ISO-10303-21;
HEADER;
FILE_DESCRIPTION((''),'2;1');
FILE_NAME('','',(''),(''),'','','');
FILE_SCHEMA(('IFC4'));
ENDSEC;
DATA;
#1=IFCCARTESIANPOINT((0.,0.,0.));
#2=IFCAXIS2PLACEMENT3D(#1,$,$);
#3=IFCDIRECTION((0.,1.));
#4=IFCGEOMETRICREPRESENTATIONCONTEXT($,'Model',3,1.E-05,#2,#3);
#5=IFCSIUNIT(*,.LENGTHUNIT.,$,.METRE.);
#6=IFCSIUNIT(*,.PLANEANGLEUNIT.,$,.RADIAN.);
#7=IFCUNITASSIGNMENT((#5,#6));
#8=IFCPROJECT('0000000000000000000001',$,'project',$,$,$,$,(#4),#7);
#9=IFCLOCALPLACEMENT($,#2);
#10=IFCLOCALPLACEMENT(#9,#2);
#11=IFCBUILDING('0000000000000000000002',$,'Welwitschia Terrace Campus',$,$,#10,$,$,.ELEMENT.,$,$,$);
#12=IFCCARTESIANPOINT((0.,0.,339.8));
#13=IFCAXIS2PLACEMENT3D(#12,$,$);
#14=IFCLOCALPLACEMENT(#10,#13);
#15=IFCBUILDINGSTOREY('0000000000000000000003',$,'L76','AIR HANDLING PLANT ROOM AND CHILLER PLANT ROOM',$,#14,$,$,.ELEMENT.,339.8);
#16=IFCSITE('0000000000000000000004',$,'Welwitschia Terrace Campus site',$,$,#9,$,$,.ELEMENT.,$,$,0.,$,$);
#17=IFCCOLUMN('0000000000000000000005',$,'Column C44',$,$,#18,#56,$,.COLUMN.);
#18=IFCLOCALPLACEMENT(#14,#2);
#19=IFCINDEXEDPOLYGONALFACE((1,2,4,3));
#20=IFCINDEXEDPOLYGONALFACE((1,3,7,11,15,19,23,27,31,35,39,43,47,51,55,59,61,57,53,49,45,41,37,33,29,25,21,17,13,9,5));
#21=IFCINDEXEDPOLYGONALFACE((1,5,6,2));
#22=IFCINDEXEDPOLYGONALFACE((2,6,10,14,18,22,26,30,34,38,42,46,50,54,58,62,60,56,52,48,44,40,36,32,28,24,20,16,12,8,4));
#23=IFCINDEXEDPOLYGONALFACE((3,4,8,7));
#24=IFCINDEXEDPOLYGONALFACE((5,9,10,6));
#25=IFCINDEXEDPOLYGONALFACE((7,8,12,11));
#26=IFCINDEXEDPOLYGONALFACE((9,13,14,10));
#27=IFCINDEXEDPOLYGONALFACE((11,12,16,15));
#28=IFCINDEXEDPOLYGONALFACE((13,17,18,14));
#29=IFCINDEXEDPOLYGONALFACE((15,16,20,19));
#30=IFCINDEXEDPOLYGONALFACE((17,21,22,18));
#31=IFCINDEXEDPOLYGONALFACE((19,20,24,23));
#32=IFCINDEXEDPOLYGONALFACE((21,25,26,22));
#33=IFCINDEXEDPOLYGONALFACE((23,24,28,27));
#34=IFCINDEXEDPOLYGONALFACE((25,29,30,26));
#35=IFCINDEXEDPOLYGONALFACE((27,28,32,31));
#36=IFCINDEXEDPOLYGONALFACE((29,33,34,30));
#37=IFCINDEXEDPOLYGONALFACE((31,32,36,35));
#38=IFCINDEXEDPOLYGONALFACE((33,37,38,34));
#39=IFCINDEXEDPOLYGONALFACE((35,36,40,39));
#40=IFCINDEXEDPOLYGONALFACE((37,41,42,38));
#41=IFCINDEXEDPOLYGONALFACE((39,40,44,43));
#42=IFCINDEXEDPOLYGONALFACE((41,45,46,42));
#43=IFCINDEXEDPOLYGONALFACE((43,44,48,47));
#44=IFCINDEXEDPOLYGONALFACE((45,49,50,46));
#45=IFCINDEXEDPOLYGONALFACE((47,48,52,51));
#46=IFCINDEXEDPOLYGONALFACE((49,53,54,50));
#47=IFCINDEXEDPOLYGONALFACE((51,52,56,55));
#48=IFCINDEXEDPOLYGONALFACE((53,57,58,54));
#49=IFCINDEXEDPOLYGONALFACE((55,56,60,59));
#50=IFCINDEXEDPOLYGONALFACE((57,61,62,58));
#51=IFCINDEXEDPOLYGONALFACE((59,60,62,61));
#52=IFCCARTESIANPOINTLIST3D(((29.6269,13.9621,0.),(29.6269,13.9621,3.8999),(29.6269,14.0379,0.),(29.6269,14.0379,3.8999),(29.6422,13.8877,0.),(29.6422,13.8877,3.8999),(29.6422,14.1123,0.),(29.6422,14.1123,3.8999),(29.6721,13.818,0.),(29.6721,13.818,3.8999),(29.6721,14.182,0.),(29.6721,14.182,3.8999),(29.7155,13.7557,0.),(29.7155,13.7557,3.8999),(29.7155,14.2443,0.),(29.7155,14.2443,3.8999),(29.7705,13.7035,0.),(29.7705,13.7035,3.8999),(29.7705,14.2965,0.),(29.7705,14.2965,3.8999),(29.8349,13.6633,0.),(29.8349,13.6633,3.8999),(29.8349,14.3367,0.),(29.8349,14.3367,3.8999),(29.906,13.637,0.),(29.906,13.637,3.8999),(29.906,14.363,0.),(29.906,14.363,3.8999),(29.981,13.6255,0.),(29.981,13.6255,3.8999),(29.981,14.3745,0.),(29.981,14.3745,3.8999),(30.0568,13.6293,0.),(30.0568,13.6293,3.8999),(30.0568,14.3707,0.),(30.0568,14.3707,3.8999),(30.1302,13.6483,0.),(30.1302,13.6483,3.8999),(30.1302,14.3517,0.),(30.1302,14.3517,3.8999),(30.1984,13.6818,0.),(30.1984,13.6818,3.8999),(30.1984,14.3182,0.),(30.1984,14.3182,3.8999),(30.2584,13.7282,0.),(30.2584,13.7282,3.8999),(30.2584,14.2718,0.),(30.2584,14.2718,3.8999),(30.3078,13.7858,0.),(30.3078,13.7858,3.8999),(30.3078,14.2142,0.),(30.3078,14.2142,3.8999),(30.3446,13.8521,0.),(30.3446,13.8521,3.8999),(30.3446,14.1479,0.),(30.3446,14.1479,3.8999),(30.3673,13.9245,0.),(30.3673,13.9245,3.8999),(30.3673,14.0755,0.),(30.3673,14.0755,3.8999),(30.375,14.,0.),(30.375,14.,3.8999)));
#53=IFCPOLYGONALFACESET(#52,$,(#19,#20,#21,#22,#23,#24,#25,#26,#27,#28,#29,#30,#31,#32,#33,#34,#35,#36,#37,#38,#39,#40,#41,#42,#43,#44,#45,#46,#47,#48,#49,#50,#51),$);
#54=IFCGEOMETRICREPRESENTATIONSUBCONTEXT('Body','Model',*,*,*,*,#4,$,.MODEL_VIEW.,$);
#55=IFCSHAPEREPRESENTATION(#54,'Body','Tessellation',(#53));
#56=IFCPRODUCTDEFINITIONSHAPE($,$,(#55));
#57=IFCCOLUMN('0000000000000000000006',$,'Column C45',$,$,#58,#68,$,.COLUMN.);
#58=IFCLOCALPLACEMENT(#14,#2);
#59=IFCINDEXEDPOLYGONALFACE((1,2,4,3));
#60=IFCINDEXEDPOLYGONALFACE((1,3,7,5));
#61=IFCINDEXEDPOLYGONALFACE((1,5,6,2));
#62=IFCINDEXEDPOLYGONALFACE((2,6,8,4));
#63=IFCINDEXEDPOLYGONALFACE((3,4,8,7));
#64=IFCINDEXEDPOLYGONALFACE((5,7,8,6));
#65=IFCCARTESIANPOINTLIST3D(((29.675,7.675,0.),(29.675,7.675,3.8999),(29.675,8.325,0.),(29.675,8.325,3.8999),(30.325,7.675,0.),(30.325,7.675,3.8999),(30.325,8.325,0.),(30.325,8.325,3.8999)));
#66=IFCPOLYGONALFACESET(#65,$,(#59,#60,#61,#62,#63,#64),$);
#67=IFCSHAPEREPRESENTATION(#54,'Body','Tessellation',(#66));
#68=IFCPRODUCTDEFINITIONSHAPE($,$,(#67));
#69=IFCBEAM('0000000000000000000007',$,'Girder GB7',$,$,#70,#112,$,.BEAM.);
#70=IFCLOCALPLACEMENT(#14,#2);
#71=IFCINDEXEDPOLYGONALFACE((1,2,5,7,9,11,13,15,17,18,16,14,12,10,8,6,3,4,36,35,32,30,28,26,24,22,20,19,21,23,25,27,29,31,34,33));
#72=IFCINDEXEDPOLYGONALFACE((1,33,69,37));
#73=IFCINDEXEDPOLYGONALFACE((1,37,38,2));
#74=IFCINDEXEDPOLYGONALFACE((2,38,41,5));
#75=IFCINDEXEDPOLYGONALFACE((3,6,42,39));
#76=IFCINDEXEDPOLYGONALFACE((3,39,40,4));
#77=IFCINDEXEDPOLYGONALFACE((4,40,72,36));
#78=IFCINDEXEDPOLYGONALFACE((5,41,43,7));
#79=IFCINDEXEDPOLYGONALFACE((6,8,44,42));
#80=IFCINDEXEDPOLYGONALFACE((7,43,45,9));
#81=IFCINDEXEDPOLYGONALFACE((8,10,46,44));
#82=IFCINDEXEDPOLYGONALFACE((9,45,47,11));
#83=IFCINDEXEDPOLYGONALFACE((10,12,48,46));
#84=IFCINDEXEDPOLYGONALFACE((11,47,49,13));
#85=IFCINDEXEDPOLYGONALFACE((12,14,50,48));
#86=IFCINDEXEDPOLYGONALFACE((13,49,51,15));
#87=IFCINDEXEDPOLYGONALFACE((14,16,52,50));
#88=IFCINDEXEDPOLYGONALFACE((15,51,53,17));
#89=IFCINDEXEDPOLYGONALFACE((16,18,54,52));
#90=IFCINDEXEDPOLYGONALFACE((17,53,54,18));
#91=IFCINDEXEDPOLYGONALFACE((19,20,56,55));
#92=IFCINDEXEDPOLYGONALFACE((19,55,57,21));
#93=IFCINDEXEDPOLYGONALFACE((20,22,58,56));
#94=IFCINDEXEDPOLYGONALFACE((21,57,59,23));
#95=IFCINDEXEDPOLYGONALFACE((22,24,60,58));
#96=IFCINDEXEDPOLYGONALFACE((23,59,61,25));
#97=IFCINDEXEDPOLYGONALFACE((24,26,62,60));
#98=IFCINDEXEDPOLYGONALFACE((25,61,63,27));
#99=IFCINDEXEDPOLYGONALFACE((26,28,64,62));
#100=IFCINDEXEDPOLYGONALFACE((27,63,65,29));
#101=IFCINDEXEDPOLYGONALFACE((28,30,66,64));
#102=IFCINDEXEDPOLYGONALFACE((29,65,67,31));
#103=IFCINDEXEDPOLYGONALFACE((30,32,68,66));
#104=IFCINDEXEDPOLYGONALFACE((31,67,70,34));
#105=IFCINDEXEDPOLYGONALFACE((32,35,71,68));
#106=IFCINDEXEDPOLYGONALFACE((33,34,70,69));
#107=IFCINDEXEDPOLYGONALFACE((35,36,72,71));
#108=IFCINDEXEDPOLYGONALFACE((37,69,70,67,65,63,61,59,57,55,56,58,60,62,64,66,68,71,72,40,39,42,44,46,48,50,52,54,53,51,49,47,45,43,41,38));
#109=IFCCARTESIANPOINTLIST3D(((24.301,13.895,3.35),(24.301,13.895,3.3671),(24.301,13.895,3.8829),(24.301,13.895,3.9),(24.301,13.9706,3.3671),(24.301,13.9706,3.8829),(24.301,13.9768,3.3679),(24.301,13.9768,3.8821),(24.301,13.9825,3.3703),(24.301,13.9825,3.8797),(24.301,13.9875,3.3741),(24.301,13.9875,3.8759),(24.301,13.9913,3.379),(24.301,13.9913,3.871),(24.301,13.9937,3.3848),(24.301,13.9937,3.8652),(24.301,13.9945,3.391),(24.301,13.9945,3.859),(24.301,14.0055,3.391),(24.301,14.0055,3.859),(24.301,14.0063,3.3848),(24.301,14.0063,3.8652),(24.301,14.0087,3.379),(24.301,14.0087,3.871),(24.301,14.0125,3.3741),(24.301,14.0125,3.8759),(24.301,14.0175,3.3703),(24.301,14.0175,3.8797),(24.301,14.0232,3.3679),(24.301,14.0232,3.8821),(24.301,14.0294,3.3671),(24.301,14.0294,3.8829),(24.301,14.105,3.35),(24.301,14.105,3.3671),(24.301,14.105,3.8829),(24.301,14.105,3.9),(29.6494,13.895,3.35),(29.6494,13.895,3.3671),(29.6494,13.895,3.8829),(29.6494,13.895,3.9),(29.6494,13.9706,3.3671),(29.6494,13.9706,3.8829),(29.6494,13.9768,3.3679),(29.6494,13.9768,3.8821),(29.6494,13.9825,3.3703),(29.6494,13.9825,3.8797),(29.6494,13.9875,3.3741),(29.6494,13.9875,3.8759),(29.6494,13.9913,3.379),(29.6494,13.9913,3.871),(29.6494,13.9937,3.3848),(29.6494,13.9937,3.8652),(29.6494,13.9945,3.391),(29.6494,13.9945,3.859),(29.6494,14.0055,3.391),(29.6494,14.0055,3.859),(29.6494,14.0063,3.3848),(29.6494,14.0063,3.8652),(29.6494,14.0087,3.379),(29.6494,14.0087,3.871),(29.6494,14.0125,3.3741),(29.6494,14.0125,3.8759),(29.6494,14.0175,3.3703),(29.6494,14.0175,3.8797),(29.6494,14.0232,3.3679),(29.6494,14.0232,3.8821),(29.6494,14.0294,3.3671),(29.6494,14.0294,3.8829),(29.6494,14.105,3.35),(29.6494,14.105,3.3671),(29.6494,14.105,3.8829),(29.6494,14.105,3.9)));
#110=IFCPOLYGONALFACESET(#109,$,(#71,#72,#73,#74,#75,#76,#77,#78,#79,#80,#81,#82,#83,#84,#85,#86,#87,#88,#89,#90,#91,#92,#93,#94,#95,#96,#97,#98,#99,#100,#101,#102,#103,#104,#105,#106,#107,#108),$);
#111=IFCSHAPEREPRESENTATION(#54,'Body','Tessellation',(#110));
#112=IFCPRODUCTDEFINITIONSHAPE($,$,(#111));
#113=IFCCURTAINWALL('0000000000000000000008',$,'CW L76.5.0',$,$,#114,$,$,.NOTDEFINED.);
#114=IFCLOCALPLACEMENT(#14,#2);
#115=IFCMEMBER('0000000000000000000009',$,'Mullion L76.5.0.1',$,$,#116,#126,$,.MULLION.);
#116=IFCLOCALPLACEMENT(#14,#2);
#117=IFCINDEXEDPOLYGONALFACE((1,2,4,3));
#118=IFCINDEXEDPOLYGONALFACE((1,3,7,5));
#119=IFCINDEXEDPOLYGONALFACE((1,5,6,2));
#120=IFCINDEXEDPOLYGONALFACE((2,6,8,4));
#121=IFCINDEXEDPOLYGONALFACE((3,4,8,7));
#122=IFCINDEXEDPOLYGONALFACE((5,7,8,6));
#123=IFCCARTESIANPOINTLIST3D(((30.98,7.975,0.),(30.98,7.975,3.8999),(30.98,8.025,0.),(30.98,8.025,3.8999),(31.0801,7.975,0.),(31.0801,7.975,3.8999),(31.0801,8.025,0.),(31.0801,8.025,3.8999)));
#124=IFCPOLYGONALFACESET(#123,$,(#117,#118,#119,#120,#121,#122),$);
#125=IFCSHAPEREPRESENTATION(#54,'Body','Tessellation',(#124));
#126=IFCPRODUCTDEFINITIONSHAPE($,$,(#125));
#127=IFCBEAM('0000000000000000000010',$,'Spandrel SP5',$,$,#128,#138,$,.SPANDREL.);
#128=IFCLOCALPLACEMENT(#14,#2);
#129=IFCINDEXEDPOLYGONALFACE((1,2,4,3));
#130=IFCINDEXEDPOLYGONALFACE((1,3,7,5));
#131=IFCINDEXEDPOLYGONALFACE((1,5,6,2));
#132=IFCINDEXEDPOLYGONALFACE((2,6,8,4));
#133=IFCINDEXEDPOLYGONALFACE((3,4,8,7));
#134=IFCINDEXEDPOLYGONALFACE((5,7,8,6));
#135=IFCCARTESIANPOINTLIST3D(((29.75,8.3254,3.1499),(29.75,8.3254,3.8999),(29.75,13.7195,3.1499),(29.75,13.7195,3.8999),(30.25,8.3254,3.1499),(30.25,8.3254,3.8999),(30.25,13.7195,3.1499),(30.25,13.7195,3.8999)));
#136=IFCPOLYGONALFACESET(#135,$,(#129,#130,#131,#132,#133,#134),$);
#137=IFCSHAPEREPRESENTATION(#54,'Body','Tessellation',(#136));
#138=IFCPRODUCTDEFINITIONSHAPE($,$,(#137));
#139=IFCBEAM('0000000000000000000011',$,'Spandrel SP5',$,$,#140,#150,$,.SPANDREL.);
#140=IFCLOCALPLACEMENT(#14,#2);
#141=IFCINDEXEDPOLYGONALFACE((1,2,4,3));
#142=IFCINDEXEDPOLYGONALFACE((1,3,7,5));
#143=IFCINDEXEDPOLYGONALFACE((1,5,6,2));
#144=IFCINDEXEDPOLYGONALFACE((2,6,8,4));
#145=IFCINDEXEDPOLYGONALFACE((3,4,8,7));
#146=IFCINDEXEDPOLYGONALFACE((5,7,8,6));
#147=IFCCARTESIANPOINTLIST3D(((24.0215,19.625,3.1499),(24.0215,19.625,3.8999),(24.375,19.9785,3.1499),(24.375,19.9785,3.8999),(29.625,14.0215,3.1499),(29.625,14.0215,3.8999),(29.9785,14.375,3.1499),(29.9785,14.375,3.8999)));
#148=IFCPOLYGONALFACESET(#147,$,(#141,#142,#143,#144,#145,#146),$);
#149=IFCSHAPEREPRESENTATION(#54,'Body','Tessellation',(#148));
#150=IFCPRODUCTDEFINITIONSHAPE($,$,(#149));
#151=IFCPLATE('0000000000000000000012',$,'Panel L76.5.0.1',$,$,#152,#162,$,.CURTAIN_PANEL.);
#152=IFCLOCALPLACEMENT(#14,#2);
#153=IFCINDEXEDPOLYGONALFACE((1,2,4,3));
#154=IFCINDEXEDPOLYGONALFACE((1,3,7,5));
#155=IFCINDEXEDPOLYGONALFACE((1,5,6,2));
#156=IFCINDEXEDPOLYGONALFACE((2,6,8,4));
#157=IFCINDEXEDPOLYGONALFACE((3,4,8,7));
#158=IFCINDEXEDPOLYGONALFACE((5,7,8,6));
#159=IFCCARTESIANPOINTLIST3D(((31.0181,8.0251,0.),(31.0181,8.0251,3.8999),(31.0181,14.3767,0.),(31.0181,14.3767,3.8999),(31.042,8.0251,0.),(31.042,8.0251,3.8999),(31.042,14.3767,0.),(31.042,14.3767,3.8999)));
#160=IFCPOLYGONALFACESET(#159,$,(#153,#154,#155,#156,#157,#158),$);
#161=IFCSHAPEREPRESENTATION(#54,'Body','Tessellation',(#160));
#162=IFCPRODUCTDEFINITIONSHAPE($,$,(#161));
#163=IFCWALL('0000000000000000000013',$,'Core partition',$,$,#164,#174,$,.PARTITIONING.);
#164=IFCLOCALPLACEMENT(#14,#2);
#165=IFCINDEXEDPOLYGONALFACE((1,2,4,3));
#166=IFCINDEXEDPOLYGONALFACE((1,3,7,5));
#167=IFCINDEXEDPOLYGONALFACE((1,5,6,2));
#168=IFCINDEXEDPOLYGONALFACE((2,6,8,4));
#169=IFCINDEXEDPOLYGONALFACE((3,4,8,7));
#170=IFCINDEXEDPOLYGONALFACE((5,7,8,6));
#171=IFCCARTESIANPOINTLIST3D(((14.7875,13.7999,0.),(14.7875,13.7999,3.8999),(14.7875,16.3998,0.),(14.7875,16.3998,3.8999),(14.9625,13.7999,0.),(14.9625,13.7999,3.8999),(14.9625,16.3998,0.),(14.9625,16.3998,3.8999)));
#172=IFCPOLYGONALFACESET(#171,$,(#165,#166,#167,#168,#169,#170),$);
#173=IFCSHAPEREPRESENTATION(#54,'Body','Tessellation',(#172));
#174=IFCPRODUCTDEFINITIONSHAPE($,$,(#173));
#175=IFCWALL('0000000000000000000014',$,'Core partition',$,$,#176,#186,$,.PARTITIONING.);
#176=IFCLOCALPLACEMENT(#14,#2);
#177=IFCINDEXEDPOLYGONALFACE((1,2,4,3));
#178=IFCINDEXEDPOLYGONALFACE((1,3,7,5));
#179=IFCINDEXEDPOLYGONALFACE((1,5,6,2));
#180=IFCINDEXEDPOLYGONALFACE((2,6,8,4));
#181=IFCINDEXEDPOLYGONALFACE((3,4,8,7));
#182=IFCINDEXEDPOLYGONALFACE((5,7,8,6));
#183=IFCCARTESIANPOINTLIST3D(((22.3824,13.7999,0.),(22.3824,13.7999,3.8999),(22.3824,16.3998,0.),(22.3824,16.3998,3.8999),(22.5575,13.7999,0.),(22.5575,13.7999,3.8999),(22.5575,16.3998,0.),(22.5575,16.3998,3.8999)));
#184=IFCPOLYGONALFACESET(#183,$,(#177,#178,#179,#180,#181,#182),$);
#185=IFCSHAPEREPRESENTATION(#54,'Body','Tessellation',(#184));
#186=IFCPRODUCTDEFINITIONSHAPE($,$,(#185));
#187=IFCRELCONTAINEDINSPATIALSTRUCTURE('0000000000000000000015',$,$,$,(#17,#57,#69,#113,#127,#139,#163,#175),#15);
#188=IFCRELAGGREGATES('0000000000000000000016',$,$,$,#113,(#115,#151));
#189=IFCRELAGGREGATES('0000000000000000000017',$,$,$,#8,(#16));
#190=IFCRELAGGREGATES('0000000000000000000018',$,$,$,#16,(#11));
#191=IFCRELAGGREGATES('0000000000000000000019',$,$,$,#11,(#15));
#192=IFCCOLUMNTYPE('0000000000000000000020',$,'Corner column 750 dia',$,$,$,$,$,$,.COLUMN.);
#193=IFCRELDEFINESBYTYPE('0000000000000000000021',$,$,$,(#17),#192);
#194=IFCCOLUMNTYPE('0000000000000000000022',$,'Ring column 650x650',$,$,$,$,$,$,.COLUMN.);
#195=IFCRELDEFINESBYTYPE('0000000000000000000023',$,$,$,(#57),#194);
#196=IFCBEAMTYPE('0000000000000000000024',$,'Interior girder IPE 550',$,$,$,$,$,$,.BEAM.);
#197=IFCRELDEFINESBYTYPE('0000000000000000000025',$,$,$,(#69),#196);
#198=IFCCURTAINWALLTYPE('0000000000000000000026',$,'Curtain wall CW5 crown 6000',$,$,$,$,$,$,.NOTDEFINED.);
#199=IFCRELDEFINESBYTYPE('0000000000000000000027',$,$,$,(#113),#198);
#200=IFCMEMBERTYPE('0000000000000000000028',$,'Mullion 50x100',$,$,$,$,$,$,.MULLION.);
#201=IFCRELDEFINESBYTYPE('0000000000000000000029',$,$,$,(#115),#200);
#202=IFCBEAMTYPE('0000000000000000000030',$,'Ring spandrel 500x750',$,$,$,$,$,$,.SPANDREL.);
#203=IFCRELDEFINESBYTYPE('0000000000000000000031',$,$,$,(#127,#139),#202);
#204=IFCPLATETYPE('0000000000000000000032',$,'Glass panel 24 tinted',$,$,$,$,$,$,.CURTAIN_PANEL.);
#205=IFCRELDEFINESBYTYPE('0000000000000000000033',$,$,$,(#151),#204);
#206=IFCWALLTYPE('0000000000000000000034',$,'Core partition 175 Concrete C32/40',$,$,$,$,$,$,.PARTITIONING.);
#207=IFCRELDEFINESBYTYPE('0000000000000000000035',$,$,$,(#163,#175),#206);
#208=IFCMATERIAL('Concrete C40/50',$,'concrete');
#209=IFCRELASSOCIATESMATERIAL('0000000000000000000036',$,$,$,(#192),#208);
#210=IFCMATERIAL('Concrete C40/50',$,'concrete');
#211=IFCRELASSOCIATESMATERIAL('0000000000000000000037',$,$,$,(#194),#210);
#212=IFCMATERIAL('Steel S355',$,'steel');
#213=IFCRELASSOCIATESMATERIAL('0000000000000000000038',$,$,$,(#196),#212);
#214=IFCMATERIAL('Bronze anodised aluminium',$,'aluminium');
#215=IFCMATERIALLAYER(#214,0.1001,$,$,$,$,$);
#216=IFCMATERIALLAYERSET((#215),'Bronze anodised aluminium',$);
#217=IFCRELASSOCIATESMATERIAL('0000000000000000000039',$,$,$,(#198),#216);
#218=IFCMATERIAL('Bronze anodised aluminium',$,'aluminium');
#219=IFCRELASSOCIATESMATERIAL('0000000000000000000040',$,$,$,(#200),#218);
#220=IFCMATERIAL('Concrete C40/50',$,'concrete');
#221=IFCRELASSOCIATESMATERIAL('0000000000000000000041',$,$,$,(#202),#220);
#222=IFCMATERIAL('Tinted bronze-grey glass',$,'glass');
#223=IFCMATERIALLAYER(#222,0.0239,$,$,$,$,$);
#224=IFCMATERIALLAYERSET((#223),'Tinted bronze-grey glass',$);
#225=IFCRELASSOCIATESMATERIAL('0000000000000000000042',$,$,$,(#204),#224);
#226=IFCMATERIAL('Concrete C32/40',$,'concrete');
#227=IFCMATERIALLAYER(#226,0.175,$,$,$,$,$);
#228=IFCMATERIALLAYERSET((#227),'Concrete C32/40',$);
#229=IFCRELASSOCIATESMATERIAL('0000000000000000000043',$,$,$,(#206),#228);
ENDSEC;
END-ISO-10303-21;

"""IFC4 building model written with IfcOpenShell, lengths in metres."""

from ifc_helpers import new_model, si_unit, direction, frame, frame_2d, origin, origin_2d, place, context, subcontext, project, spatial, rectangle, circle, i_section, extrude, material, layer, layer_set, material_profile, profile_set, type_object, element, aggregate, save


model = new_model("IFC4")

# Units and contexts
model_context = context("Model", 3, precision=1e-05, world=origin(), true_north=direction((0.0, 1.0)))
body_context = subcontext(model_context, "Body", "Model", "MODEL_VIEW")
ifc_project = project(units=[si_unit("LENGTHUNIT", "METRE"), si_unit("PLANEANGLEUNIT", "RADIAN")], contexts=[model_context])

# Site, building, storey
site_placement = place(None, origin())
site = spatial("IfcSite", under=ifc_project, at=site_placement, Name="Welwitschia Terrace Campus site", CompositionType="ELEMENT", RefElevation=0.0)
building_placement = place(site_placement, origin())
building = spatial("IfcBuilding", under=site, at=building_placement, Name="Welwitschia Terrace Campus", CompositionType="ELEMENT")
storey_placement = place(building_placement, frame((0.0, 0.0, 339.8)))
storey = spatial("IfcBuildingStorey", under=building, at=storey_placement, Name="L76", Description="AIR HANDLING PLANT ROOM AND CHILLER PLANT ROOM", CompositionType="ELEMENT", Elevation=339.8)

# Columns
ifc_material_1 = material(Name="Concrete C40/50", Category="concrete")
ifc_material_profile_1 = material_profile(ifc_material_1, circle(Radius=0.375, at=origin_2d()))
ifc_profile_set_1 = profile_set([ifc_material_profile_1], Name="Concrete C40/50")
column_type_1 = type_object("IfcColumnType", Name="Corner column 750 dia", PredefinedType="COLUMN", material=ifc_profile_set_1)
column_1_placement = place(storey_placement, frame((30.0, 14.0, 0.0), z_axis=(0.0, 0.0, 1.0), x_axis=(1.0, 0.0, 0.0)))
element("IfcColumn", 1, at=column_1_placement, inside=storey, type_object=column_type_1, Name="Column C44", PredefinedType="COLUMN", context=body_context, shape_type="SweptSolid", body=[
    extrude(circle(Radius=0.375, at=origin_2d()), origin(), (0.0, 0.0, 1.0), 3.8999),
])
ifc_material_2 = material(Name="Concrete C40/50", Category="concrete")
ifc_material_profile_2 = material_profile(ifc_material_2, rectangle(XDim=0.6499, YDim=0.6499, at=origin_2d()))
ifc_profile_set_2 = profile_set([ifc_material_profile_2], Name="Concrete C40/50")
column_type_2 = type_object("IfcColumnType", Name="Ring column 650x650", PredefinedType="COLUMN", material=ifc_profile_set_2)
column_2_placement = place(storey_placement, frame((30.0, 8.0, 0.0), z_axis=(0.0, 0.0, 1.0), x_axis=(1.0, 0.0, 0.0)))
element("IfcColumn", 2, at=column_2_placement, inside=storey, type_object=column_type_2, Name="Column C45", PredefinedType="COLUMN", context=body_context, shape_type="SweptSolid", body=[
    extrude(rectangle(XDim=0.6499, YDim=0.6499, at=origin_2d()), origin(), (0.0, 0.0, 1.0), 3.8999),
])

# Beam
ifc_material_3 = material(Name="Steel S355", Category="steel")
ifc_material_profile_3 = material_profile(ifc_material_3, i_section(OverallWidth=0.21, OverallDepth=0.55, WebThickness=0.011, FlangeThickness=0.0171, FilletRadius=0.0239, at=origin_2d()))
ifc_profile_set_3 = profile_set([ifc_material_profile_3], Name="Steel S355")
beam_type_1 = type_object("IfcBeamType", Name="Interior girder IPE 550", PredefinedType="BEAM", material=ifc_profile_set_3)
beam_1_placement = place(storey_placement, frame((24.301, 14.0, 3.625), z_axis=(1.0, 0.0, 0.0), x_axis=(0.0, 1.0, 0.0)))
element("IfcBeam", 3, at=beam_1_placement, inside=storey, type_object=beam_type_1, Name="Girder GB7", PredefinedType="BEAM", context=body_context, shape_type="SweptSolid", body=[
    extrude(i_section(OverallWidth=0.21, OverallDepth=0.55, WebThickness=0.011, FlangeThickness=0.0171, FilletRadius=0.0239, at=origin_2d()), origin(), (0.0, 0.0, 1.0), 5.3484),
])

# Curtain wall, member
ifc_material_4 = material(Name="Bronze anodised aluminium", Category="aluminium")
ifc_layer_1 = layer(ifc_material_4, 0.1001)
ifc_layer_set_1 = layer_set([ifc_layer_1], Name="Bronze anodised aluminium")
curtain_wall_type = type_object("IfcCurtainWallType", Name="Curtain wall CW5 crown 6000", PredefinedType="NOTDEFINED", material=ifc_layer_set_1)
curtain_wall_placement = place(storey_placement, origin())
curtain_wall = element("IfcCurtainWall", 4, at=curtain_wall_placement, inside=storey, type_object=curtain_wall_type, Name="CW L76.5.0", PredefinedType="NOTDEFINED")
ifc_material_5 = material(Name="Bronze anodised aluminium", Category="aluminium")
ifc_material_profile_4 = material_profile(ifc_material_5, rectangle(XDim=0.1001, YDim=0.05, at=origin_2d()))
ifc_profile_set_4 = profile_set([ifc_material_profile_4], Name="Bronze anodised aluminium")
member_type = type_object("IfcMemberType", Name="Mullion 50x100", PredefinedType="MULLION", material=ifc_profile_set_4)
member_placement = place(storey_placement, frame((31.03, 8.0, 0.0), z_axis=(0.0, 0.0, 1.0), x_axis=(-1.0, 0.0, 0.0)))
member = element("IfcMember", 5, at=member_placement, type_object=member_type, Name="Mullion L76.5.0.1", PredefinedType="MULLION", context=body_context, shape_type="SweptSolid", body=[
    extrude(rectangle(XDim=0.1001, YDim=0.05, at=origin_2d()), origin(), (0.0, 0.0, 1.0), 3.8999),
])

# Beams
ifc_material_6 = material(Name="Concrete C40/50", Category="concrete")
ifc_material_profile_5 = material_profile(ifc_material_6, rectangle(XDim=0.5, YDim=0.75, at=origin_2d()))
ifc_profile_set_5 = profile_set([ifc_material_profile_5], Name="Concrete C40/50")
beam_type_2 = type_object("IfcBeamType", Name="Ring spandrel 500x750", PredefinedType="SPANDREL", material=ifc_profile_set_5)
beam_2_placement = place(storey_placement, frame((30.0, 8.3254, 3.5249), z_axis=(0.0, 1.0, 0.0), x_axis=(-1.0, 0.0, 0.0)))
element("IfcBeam", 6, at=beam_2_placement, inside=storey, type_object=beam_type_2, Name="Spandrel SP5", PredefinedType="SPANDREL", context=body_context, shape_type="SweptSolid", body=[
    extrude(rectangle(XDim=0.5, YDim=0.75, at=origin_2d()), origin(), (0.0, 0.0, 1.0), 5.394),
])
beam_3_placement = place(storey_placement, frame((29.8018, 14.1982, 3.5249), z_axis=(-0.707107, 0.707107, 0.0), x_axis=(-0.707107, -0.707107, 0.0)))
element("IfcBeam", 7, at=beam_3_placement, inside=storey, type_object=beam_type_2, Name="Spandrel SP5", PredefinedType="SPANDREL", context=body_context, shape_type="SweptSolid", body=[
    extrude(rectangle(XDim=0.5, YDim=0.75, at=origin_2d()), origin(), (0.0, 0.0, 1.0), 7.9246),
])

# Plate
ifc_material_7 = material(Name="Tinted bronze-grey glass", Category="glass")
ifc_layer_2 = layer(ifc_material_7, 0.0239)
ifc_layer_set_2 = layer_set([ifc_layer_2], Name="Tinted bronze-grey glass")
plate_type = type_object("IfcPlateType", Name="Glass panel 24 tinted", PredefinedType="CURTAIN_PANEL", material=ifc_layer_set_2)
plate_placement = place(storey_placement, frame((31.03, 11.2009, 0.0), z_axis=(0.0, 0.0, 1.0), x_axis=(0.0, 1.0, 0.0)))
plate = element("IfcPlate", 8, at=plate_placement, type_object=plate_type, Name="Panel L76.5.0.1", PredefinedType="CURTAIN_PANEL", context=body_context, shape_type="SweptSolid", body=[
    extrude(rectangle(XDim=6.3516, YDim=0.0239, at=origin_2d()), origin(), (0.0, 0.0, 1.0), 3.8999),
])
aggregate(curtain_wall, [member, plate])

# Walls
ifc_material_8 = material(Name="Concrete C32/40", Category="concrete")
ifc_layer_3 = layer(ifc_material_8, 0.175)
ifc_layer_set_3 = layer_set([ifc_layer_3], Name="Concrete C32/40")
wall_type_1 = type_object("IfcWallType", Name="Core partition 175 Concrete C32/40", PredefinedType="PARTITIONING", material=ifc_layer_set_3)
for number, where, z_axis, x_axis, name in (
    (9, (14.875, 13.8, 0.0), (0.0, 0.0, 1.0), (0.0, 1.0, 0.0), "Core partition"),
    (10, (22.47, 13.8, 0.0), (0.0, 0.0, 1.0), (0.0, 1.0, 0.0), "Core partition"),
):
    element("IfcWall", number, at=place(storey_placement, frame(where, z_axis=z_axis, x_axis=x_axis)), inside=storey, type_object=wall_type_1, Name=name, PredefinedType="PARTITIONING", context=body_context, shape_type="SweptSolid", body=[
        extrude(rectangle(XDim=2.5999, YDim=0.175, at=frame_2d((1.2998, 0.0))), origin(), (0.0, 0.0, 1.0), 3.8999),
    ])

save(model, "model.ifc")
